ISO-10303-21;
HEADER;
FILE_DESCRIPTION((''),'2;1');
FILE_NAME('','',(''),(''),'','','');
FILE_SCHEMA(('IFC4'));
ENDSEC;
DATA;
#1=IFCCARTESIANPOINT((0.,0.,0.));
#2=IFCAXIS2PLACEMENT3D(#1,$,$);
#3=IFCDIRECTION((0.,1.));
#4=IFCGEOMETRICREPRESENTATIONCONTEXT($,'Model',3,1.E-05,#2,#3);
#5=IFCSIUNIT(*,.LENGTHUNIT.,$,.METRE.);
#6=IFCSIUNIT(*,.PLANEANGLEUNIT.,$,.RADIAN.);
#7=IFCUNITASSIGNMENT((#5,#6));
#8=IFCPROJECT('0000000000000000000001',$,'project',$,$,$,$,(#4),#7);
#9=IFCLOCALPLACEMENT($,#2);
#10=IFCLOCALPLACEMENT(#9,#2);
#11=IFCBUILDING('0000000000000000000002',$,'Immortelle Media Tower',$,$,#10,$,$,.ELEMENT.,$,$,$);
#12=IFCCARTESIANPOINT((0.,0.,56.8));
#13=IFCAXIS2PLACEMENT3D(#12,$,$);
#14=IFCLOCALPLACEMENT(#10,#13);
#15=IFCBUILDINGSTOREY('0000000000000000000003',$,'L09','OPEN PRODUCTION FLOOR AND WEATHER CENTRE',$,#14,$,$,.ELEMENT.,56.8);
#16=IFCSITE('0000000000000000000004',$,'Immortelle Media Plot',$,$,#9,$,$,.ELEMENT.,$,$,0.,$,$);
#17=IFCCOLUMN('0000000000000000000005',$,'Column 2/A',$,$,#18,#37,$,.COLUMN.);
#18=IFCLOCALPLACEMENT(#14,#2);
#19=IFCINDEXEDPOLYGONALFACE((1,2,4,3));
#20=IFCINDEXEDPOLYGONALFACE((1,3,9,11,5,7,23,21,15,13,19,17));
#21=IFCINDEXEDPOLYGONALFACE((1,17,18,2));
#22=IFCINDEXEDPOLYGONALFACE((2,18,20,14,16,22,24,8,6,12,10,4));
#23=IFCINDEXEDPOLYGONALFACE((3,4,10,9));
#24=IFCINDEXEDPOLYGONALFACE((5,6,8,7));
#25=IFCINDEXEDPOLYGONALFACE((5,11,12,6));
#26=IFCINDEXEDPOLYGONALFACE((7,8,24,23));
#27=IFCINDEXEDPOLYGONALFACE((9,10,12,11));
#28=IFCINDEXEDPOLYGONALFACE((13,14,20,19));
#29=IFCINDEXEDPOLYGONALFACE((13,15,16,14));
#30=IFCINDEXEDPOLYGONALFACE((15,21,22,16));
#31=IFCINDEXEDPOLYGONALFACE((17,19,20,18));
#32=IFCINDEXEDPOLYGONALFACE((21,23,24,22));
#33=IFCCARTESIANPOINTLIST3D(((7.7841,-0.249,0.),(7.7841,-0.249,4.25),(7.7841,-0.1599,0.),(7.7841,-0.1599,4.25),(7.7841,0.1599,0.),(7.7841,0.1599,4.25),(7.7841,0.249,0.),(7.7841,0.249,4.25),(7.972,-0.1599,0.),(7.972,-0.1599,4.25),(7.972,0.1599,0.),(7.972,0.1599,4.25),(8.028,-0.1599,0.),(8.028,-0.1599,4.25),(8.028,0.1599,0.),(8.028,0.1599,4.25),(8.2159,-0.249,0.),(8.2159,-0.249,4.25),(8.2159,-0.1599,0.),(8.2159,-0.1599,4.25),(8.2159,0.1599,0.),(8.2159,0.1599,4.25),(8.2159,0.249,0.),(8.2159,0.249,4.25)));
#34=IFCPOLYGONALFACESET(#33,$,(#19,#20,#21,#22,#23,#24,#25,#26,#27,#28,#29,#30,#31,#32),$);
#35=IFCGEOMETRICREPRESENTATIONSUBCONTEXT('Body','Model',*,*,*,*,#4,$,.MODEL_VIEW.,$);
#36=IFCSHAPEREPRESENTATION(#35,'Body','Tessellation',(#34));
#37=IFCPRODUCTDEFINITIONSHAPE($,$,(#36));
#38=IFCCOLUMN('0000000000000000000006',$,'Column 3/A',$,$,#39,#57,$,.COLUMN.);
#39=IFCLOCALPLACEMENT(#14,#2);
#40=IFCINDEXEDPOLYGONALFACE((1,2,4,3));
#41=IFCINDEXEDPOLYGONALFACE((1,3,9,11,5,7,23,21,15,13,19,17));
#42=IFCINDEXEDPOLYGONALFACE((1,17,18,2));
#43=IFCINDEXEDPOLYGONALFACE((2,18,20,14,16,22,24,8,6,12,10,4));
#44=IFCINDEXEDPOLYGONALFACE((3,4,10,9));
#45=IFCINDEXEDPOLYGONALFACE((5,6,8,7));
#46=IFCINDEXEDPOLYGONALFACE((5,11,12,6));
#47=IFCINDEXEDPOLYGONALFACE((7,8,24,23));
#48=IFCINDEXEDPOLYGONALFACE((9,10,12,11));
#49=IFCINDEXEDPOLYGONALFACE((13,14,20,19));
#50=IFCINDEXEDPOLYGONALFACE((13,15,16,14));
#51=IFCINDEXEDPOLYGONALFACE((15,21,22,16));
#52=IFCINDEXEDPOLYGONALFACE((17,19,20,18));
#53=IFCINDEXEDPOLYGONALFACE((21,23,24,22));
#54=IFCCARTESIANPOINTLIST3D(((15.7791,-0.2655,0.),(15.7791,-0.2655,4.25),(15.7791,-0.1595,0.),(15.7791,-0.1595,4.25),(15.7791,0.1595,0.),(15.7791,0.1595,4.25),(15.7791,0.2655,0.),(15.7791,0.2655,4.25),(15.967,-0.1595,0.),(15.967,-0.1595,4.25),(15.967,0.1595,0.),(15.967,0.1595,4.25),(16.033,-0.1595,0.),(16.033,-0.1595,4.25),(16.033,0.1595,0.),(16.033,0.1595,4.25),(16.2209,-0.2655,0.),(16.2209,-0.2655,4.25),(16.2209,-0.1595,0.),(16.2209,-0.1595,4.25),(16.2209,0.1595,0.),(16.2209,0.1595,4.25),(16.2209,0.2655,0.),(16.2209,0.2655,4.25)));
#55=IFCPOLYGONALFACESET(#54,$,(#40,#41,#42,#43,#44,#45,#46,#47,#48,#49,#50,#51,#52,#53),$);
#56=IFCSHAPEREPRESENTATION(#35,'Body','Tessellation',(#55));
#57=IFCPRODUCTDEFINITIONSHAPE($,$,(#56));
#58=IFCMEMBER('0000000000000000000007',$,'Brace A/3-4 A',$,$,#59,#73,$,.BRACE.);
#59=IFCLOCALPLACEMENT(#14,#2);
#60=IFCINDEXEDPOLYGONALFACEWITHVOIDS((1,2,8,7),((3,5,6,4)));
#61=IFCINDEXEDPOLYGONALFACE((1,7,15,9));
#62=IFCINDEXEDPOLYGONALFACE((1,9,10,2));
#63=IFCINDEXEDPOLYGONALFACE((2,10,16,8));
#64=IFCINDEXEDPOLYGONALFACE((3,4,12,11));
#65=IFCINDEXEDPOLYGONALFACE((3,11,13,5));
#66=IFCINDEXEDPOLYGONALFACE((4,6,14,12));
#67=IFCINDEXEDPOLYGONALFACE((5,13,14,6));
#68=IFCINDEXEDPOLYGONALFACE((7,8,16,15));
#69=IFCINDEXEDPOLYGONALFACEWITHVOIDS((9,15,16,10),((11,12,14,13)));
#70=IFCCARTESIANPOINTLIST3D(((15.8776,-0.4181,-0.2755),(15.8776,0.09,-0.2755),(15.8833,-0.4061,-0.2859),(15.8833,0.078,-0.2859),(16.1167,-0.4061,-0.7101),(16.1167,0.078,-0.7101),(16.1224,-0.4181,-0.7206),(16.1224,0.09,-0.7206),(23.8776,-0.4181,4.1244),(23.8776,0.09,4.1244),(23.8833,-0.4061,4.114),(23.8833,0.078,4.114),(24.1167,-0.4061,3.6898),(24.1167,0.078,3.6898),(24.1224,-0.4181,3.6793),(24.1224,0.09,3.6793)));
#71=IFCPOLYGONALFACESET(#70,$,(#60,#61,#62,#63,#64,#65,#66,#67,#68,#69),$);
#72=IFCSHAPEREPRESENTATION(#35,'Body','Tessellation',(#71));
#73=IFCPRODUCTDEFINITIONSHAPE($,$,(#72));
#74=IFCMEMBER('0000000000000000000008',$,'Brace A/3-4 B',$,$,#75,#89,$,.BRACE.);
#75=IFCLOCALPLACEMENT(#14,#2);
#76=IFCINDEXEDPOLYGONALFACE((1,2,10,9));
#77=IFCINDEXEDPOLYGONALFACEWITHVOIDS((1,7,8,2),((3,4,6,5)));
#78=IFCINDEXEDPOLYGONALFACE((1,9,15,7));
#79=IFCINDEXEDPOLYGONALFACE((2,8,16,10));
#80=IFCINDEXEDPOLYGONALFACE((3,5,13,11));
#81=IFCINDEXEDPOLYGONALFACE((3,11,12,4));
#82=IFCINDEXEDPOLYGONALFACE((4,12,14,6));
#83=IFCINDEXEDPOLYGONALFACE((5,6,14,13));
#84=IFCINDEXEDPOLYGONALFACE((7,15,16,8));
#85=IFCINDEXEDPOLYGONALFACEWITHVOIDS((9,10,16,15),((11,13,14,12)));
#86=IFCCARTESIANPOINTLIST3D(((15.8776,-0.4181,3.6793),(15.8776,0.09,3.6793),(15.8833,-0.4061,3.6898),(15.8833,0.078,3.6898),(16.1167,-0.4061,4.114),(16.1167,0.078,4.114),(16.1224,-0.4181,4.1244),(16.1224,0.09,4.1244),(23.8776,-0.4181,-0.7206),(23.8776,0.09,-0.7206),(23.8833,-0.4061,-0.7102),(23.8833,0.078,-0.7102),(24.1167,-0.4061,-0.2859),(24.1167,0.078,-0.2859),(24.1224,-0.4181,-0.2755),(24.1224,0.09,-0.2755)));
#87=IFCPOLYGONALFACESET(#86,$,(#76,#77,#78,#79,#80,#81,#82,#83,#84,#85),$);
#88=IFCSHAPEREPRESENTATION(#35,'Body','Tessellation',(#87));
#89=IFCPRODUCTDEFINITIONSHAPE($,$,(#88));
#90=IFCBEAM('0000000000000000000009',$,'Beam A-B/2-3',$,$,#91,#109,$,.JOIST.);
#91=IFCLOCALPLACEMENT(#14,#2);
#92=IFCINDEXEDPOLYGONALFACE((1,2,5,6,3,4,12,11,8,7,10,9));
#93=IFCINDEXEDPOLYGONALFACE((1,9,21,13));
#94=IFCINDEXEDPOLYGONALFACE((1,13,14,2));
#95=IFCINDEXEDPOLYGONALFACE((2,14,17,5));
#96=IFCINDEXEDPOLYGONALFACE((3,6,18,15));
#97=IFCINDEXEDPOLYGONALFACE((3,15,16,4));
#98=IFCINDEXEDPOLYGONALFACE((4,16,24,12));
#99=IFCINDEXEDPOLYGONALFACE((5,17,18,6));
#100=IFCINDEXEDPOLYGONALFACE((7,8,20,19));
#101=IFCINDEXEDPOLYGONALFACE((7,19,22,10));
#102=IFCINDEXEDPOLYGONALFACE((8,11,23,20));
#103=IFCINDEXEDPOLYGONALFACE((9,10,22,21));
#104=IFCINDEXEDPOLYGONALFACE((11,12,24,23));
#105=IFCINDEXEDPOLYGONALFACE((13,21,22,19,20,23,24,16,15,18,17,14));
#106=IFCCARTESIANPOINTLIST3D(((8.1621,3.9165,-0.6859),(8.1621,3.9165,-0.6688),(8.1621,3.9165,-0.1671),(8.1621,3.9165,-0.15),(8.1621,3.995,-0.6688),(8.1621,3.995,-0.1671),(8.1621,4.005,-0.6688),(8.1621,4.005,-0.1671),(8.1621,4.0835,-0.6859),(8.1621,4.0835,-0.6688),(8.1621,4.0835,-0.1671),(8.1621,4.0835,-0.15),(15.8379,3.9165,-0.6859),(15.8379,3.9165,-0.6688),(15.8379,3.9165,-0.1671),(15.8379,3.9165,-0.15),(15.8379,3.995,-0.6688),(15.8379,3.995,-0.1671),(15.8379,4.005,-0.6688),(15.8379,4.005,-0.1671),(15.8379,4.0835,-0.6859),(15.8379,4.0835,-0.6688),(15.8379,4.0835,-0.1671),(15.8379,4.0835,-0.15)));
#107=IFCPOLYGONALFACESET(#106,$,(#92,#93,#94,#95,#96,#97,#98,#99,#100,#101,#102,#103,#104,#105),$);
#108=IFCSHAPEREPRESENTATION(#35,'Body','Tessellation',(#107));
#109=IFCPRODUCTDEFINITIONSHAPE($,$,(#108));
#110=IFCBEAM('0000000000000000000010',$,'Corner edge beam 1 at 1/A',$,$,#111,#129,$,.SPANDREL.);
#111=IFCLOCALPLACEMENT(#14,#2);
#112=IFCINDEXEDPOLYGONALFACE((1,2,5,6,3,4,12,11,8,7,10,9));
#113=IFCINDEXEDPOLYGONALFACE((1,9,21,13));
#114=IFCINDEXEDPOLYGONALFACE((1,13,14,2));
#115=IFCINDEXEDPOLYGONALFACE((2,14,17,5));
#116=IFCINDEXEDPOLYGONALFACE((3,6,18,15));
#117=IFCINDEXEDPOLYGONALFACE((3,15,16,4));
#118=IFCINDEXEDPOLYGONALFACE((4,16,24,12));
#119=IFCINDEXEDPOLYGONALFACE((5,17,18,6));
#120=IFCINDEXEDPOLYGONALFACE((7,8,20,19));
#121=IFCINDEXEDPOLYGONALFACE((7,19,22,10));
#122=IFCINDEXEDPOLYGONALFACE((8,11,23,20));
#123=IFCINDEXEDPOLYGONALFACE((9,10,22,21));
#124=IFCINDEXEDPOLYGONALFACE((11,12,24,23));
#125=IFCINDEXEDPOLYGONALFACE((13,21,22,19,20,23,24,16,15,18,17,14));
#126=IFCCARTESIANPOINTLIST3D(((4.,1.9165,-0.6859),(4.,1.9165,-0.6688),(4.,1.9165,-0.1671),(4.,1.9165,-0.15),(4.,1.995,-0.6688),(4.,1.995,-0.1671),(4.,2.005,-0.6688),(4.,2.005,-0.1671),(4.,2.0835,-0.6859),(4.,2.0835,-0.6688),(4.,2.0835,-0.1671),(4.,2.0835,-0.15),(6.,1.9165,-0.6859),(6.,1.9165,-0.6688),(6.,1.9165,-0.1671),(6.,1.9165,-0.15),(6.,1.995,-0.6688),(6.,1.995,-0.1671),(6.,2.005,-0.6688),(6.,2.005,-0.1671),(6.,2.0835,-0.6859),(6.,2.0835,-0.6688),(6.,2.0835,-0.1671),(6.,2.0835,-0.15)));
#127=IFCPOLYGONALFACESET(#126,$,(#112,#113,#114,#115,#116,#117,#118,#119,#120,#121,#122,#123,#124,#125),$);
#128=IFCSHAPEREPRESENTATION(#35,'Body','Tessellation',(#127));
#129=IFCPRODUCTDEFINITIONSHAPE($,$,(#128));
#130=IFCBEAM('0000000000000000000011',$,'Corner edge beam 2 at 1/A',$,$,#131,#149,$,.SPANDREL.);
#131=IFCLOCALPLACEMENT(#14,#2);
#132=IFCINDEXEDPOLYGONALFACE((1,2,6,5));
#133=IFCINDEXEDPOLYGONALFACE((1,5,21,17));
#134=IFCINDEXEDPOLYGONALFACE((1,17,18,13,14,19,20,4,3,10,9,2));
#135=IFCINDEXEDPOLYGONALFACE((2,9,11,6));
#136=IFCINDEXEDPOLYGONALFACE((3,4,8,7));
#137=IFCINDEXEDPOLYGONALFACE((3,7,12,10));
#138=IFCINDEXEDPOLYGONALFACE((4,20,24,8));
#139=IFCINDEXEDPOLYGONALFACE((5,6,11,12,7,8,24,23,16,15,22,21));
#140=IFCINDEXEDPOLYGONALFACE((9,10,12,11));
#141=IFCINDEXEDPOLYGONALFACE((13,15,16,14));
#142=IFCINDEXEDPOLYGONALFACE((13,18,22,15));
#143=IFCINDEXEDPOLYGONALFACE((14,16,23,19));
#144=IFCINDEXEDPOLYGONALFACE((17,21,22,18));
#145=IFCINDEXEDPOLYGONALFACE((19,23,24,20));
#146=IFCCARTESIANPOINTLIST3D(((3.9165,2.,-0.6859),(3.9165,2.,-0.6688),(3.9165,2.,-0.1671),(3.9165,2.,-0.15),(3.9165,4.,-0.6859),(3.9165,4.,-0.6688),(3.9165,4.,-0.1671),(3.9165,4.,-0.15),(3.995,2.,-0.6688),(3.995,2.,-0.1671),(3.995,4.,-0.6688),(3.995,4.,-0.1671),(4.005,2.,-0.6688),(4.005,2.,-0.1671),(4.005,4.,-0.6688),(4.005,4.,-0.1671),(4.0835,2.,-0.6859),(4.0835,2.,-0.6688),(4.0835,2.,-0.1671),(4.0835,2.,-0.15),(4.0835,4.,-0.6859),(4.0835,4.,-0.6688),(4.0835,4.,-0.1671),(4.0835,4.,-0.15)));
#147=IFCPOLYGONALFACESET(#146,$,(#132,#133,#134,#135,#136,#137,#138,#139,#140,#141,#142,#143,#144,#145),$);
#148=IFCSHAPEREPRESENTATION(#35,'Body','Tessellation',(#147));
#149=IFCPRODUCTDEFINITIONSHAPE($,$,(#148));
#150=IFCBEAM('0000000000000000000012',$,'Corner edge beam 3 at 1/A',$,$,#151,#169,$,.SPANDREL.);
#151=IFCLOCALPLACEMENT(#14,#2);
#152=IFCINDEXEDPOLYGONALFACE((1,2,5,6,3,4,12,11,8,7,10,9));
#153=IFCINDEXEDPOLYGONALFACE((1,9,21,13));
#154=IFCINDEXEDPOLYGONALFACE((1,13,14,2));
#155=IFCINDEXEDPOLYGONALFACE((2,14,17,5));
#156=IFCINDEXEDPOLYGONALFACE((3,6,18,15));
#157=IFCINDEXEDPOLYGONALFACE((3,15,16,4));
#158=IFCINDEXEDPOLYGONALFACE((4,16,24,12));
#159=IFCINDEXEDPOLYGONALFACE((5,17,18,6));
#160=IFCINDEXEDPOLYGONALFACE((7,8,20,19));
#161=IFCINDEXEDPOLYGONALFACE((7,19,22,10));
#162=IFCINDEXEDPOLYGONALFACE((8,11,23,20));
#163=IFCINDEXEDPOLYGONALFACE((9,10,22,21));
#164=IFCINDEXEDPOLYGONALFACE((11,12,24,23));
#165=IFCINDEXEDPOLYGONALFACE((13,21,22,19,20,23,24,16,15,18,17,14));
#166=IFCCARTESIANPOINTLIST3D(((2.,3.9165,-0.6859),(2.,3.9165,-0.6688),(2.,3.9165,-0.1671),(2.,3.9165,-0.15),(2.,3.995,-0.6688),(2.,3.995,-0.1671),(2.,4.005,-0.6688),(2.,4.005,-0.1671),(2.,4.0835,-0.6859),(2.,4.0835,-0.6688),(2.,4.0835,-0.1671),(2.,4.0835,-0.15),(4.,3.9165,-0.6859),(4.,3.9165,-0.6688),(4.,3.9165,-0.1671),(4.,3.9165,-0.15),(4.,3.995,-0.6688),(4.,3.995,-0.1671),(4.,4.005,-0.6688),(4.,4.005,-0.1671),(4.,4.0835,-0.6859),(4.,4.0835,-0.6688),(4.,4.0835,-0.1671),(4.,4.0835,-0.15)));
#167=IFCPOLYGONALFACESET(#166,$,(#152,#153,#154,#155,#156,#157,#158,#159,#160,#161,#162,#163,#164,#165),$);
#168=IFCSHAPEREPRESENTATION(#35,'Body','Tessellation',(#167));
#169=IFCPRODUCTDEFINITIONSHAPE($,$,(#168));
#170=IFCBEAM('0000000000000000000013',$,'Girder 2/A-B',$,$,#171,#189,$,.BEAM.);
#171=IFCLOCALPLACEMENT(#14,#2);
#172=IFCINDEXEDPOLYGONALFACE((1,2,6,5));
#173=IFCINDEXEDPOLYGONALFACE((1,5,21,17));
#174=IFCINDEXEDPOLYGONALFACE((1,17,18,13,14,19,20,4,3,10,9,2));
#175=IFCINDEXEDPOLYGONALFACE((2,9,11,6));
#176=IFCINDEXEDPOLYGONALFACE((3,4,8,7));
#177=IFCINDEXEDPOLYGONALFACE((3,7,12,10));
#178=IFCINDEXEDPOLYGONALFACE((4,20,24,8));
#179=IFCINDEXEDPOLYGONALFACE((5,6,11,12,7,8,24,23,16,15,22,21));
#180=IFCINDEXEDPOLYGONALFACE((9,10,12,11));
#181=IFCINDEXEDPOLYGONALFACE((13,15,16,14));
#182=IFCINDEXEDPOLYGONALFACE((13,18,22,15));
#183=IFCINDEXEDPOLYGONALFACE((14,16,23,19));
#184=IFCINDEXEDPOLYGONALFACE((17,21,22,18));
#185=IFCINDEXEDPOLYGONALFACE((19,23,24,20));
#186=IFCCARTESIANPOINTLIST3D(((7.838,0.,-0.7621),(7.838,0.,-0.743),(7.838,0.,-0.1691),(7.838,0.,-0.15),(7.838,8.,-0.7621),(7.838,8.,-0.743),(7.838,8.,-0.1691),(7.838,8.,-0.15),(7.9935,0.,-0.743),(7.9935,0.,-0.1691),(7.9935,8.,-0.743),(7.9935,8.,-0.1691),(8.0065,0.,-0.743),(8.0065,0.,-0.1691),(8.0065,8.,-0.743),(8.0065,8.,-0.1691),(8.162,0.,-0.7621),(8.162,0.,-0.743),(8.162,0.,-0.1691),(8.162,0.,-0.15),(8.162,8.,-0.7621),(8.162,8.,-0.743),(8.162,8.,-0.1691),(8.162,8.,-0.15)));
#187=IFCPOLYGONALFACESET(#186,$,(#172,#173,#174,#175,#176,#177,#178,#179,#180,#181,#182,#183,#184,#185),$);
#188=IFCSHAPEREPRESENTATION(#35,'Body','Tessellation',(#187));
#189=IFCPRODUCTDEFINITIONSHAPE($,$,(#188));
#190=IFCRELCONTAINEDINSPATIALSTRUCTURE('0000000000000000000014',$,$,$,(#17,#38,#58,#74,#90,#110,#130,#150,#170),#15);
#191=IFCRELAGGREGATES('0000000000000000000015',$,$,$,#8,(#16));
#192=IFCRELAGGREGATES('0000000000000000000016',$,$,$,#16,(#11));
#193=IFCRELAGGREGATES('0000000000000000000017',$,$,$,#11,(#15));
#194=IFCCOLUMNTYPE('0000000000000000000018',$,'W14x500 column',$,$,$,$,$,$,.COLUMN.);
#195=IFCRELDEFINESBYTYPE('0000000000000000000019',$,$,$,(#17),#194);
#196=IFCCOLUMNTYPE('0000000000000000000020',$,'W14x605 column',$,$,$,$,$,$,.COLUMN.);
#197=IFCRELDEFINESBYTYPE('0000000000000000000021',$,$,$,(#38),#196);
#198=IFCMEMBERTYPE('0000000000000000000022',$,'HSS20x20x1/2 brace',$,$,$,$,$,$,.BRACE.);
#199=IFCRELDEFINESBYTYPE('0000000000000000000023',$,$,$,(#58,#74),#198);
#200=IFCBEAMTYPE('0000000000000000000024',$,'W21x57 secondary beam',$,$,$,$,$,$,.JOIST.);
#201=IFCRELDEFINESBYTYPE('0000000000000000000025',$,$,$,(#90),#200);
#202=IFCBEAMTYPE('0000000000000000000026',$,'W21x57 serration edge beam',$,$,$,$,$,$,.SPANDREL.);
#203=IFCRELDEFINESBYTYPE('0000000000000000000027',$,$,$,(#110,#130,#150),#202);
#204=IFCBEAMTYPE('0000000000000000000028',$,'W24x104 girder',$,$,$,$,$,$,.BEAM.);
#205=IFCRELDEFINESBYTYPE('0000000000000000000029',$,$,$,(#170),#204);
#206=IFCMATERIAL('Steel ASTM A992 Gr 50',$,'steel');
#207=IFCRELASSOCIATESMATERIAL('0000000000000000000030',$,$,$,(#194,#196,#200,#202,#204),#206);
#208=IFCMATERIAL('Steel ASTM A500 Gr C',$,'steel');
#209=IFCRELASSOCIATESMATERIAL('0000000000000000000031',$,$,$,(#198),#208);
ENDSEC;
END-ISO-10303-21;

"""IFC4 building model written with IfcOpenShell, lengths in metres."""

from ifc_helpers import new_model, si_unit, direction, frame, origin, origin_2d, place, context, subcontext, project, spatial, hollow_rectangle, i_section, extrude, material, material_profile, profile_set, type_object, element, save


model = new_model("IFC4")

# Units and contexts
model_context = context("Model", 3, precision=1e-05, world=origin(), true_north=direction((0.0, 1.0)))
body_context = subcontext(model_context, "Body", "Model", "MODEL_VIEW")
ifc_project = project(units=[si_unit("LENGTHUNIT", "METRE"), si_unit("PLANEANGLEUNIT", "RADIAN")], contexts=[model_context])

# Site, building, storey
site_placement = place(None, origin())
site = spatial("IfcSite", under=ifc_project, at=site_placement, Name="Immortelle Media Plot", CompositionType="ELEMENT", RefElevation=0.0)
building_placement = place(site_placement, origin())
building = spatial("IfcBuilding", under=site, at=building_placement, Name="Immortelle Media Tower", CompositionType="ELEMENT")
storey_placement = place(building_placement, frame((0.0, 0.0, 56.8)))
storey = spatial("IfcBuildingStorey", under=building, at=storey_placement, Name="L09", Description="OPEN PRODUCTION FLOOR AND WEATHER CENTRE", CompositionType="ELEMENT", Elevation=56.8)

# Columns
ifc_material_1 = material(Name="Steel ASTM A992 Gr 50", Category="steel")
ifc_material_profile_1 = material_profile(ifc_material_1, i_section(OverallWidth=0.4319, OverallDepth=0.498, WebThickness=0.0559, FlangeThickness=0.0891, at=origin_2d()), Name="W14x500")
ifc_profile_set_1 = profile_set([ifc_material_profile_1], Name="Steel ASTM A992 Gr 50")
column_type_1 = type_object("IfcColumnType", Name="W14x500 column", PredefinedType="COLUMN", material=ifc_profile_set_1)
column_1_placement = place(storey_placement, frame((8.0, 0.0, 0.0), z_axis=(0.0, 0.0, 1.0), x_axis=(1.0, 0.0, 0.0)))
element("IfcColumn", 1, at=column_1_placement, inside=storey, type_object=column_type_1, Name="Column 2/A", PredefinedType="COLUMN", context=body_context, shape_type="SweptSolid", body=[
    extrude(i_section(OverallWidth=0.4319, OverallDepth=0.498, WebThickness=0.0559, FlangeThickness=0.0891, at=origin_2d()), origin(), (0.0, 0.0, 1.0), 4.25),
])
ifc_material_profile_2 = material_profile(ifc_material_1, i_section(OverallWidth=0.4419, OverallDepth=0.531, WebThickness=0.0659, FlangeThickness=0.106, at=origin_2d()), Name="W14x605")
ifc_profile_set_2 = profile_set([ifc_material_profile_2], Name="Steel ASTM A992 Gr 50")
column_type_2 = type_object("IfcColumnType", Name="W14x605 column", PredefinedType="COLUMN", material=ifc_profile_set_2)
column_2_placement = place(storey_placement, frame((16.0, 0.0, 0.0), z_axis=(0.0, 0.0, 1.0), x_axis=(1.0, 0.0, 0.0)))
element("IfcColumn", 2, at=column_2_placement, inside=storey, type_object=column_type_2, Name="Column 3/A", PredefinedType="COLUMN", context=body_context, shape_type="SweptSolid", body=[
    extrude(i_section(OverallWidth=0.4419, OverallDepth=0.531, WebThickness=0.0659, FlangeThickness=0.106, at=origin_2d()), origin(), (0.0, 0.0, 1.0), 4.25),
])

# Members
ifc_material_2 = material(Name="Steel ASTM A500 Gr C", Category="steel")
ifc_material_profile_3 = material_profile(ifc_material_2, hollow_rectangle(XDim=0.5081, YDim=0.5081, WallThickness=0.012, at=origin_2d()), Name="HSS20x20x1/2 brace")
ifc_profile_set_3 = profile_set([ifc_material_profile_3], Name="Steel ASTM A500 Gr C")
member_type = type_object("IfcMemberType", Name="HSS20x20x1/2 brace", PredefinedType="BRACE", material=ifc_profile_set_3)
for number, where, z_axis, x_axis, name in (
    (3, (16.0, -0.1641, -0.498), (0.87622, 0.0, 0.481911), (0.0, 1.0, 0.0), "Brace A/3-4 A"),
    (4, (16.0, -0.1641, 3.9019), (0.87622, 0.0, -0.481911), (0.0, 1.0, 0.0), "Brace A/3-4 B"),
):
    element("IfcMember", number, at=place(storey_placement, frame(where, z_axis=z_axis, x_axis=x_axis)), inside=storey, type_object=member_type, Name=name, PredefinedType="BRACE", context=body_context, shape_type="SweptSolid", body=[
        extrude(hollow_rectangle(XDim=0.5081, YDim=0.5081, WallThickness=0.012, at=origin_2d()), origin(), (0.0, 0.0, 1.0), 9.1301),
    ])

# Beams
ifc_material_profile_4 = material_profile(ifc_material_1, i_section(OverallWidth=0.167, OverallDepth=0.5359, WebThickness=0.01, FlangeThickness=0.0171, at=origin_2d()), Name="W21x57")
ifc_profile_set_4 = profile_set([ifc_material_profile_4], Name="Steel ASTM A992 Gr 50")
beam_type_1 = type_object("IfcBeamType", Name="W21x57 secondary beam", PredefinedType="JOIST", material=ifc_profile_set_4)
beam_1_placement = place(storey_placement, frame((8.1621, 4.0, -0.418), z_axis=(1.0, 0.0, 0.0), x_axis=(0.0, 1.0, 0.0)))
element("IfcBeam", 5, at=beam_1_placement, inside=storey, type_object=beam_type_1, Name="Beam A-B/2-3", PredefinedType="JOIST", context=body_context, shape_type="SweptSolid", body=[
    extrude(i_section(OverallWidth=0.167, OverallDepth=0.5359, WebThickness=0.01, FlangeThickness=0.0171, at=origin_2d()), origin(), (0.0, 0.0, 1.0), 7.6758),
])
ifc_material_profile_5 = material_profile(ifc_material_1, i_section(OverallWidth=0.167, OverallDepth=0.5359, WebThickness=0.01, FlangeThickness=0.0171, at=origin_2d()), Name="W21x57")
ifc_profile_set_5 = profile_set([ifc_material_profile_5], Name="Steel ASTM A992 Gr 50")
beam_type_2 = type_object("IfcBeamType", Name="W21x57 serration edge beam", PredefinedType="SPANDREL", material=ifc_profile_set_5)
for number, where, z_axis, x_axis, name in (
    (6, (6.0, 2.0, -0.418), (-1.0, 0.0, 0.0), (0.0, -1.0, 0.0), "Corner edge beam 1 at 1/A"),
    (7, (4.0, 2.0, -0.418), (0.0, 1.0, 0.0), (-1.0, 0.0, 0.0), "Corner edge beam 2 at 1/A"),
    (8, (4.0, 4.0, -0.418), (-1.0, 0.0, 0.0), (0.0, -1.0, 0.0), "Corner edge beam 3 at 1/A"),
):
    element("IfcBeam", number, at=place(storey_placement, frame(where, z_axis=z_axis, x_axis=x_axis)), inside=storey, type_object=beam_type_2, Name=name, PredefinedType="SPANDREL", context=body_context, shape_type="SweptSolid", body=[
        extrude(i_section(OverallWidth=0.167, OverallDepth=0.5359, WebThickness=0.01, FlangeThickness=0.0171, at=origin_2d()), origin(), (0.0, 0.0, 1.0), 2.0),
    ])
ifc_material_profile_6 = material_profile(ifc_material_1, i_section(OverallWidth=0.324, OverallDepth=0.6121, WebThickness=0.0129, FlangeThickness=0.019, at=origin_2d()), Name="W24x104")
ifc_profile_set_6 = profile_set([ifc_material_profile_6], Name="Steel ASTM A992 Gr 50")
beam_type_3 = type_object("IfcBeamType", Name="W24x104 girder", PredefinedType="BEAM", material=ifc_profile_set_6)
for number, where, z_axis, x_axis, name in (
    (9, (8.0, 0.0, -0.4561), (0.0, 1.0, 0.0), (-1.0, 0.0, 0.0), "Girder 2/A-B"),
):
    element("IfcBeam", number, at=place(storey_placement, frame(where, z_axis=z_axis, x_axis=x_axis)), inside=storey, type_object=beam_type_3, Name=name, PredefinedType="BEAM", context=body_context, shape_type="SweptSolid", body=[
        extrude(i_section(OverallWidth=0.324, OverallDepth=0.6121, WebThickness=0.0129, FlangeThickness=0.019, at=origin_2d()), origin(), (0.0, 0.0, 1.0), 8.0),
    ])

save(model, "model.ifc")
